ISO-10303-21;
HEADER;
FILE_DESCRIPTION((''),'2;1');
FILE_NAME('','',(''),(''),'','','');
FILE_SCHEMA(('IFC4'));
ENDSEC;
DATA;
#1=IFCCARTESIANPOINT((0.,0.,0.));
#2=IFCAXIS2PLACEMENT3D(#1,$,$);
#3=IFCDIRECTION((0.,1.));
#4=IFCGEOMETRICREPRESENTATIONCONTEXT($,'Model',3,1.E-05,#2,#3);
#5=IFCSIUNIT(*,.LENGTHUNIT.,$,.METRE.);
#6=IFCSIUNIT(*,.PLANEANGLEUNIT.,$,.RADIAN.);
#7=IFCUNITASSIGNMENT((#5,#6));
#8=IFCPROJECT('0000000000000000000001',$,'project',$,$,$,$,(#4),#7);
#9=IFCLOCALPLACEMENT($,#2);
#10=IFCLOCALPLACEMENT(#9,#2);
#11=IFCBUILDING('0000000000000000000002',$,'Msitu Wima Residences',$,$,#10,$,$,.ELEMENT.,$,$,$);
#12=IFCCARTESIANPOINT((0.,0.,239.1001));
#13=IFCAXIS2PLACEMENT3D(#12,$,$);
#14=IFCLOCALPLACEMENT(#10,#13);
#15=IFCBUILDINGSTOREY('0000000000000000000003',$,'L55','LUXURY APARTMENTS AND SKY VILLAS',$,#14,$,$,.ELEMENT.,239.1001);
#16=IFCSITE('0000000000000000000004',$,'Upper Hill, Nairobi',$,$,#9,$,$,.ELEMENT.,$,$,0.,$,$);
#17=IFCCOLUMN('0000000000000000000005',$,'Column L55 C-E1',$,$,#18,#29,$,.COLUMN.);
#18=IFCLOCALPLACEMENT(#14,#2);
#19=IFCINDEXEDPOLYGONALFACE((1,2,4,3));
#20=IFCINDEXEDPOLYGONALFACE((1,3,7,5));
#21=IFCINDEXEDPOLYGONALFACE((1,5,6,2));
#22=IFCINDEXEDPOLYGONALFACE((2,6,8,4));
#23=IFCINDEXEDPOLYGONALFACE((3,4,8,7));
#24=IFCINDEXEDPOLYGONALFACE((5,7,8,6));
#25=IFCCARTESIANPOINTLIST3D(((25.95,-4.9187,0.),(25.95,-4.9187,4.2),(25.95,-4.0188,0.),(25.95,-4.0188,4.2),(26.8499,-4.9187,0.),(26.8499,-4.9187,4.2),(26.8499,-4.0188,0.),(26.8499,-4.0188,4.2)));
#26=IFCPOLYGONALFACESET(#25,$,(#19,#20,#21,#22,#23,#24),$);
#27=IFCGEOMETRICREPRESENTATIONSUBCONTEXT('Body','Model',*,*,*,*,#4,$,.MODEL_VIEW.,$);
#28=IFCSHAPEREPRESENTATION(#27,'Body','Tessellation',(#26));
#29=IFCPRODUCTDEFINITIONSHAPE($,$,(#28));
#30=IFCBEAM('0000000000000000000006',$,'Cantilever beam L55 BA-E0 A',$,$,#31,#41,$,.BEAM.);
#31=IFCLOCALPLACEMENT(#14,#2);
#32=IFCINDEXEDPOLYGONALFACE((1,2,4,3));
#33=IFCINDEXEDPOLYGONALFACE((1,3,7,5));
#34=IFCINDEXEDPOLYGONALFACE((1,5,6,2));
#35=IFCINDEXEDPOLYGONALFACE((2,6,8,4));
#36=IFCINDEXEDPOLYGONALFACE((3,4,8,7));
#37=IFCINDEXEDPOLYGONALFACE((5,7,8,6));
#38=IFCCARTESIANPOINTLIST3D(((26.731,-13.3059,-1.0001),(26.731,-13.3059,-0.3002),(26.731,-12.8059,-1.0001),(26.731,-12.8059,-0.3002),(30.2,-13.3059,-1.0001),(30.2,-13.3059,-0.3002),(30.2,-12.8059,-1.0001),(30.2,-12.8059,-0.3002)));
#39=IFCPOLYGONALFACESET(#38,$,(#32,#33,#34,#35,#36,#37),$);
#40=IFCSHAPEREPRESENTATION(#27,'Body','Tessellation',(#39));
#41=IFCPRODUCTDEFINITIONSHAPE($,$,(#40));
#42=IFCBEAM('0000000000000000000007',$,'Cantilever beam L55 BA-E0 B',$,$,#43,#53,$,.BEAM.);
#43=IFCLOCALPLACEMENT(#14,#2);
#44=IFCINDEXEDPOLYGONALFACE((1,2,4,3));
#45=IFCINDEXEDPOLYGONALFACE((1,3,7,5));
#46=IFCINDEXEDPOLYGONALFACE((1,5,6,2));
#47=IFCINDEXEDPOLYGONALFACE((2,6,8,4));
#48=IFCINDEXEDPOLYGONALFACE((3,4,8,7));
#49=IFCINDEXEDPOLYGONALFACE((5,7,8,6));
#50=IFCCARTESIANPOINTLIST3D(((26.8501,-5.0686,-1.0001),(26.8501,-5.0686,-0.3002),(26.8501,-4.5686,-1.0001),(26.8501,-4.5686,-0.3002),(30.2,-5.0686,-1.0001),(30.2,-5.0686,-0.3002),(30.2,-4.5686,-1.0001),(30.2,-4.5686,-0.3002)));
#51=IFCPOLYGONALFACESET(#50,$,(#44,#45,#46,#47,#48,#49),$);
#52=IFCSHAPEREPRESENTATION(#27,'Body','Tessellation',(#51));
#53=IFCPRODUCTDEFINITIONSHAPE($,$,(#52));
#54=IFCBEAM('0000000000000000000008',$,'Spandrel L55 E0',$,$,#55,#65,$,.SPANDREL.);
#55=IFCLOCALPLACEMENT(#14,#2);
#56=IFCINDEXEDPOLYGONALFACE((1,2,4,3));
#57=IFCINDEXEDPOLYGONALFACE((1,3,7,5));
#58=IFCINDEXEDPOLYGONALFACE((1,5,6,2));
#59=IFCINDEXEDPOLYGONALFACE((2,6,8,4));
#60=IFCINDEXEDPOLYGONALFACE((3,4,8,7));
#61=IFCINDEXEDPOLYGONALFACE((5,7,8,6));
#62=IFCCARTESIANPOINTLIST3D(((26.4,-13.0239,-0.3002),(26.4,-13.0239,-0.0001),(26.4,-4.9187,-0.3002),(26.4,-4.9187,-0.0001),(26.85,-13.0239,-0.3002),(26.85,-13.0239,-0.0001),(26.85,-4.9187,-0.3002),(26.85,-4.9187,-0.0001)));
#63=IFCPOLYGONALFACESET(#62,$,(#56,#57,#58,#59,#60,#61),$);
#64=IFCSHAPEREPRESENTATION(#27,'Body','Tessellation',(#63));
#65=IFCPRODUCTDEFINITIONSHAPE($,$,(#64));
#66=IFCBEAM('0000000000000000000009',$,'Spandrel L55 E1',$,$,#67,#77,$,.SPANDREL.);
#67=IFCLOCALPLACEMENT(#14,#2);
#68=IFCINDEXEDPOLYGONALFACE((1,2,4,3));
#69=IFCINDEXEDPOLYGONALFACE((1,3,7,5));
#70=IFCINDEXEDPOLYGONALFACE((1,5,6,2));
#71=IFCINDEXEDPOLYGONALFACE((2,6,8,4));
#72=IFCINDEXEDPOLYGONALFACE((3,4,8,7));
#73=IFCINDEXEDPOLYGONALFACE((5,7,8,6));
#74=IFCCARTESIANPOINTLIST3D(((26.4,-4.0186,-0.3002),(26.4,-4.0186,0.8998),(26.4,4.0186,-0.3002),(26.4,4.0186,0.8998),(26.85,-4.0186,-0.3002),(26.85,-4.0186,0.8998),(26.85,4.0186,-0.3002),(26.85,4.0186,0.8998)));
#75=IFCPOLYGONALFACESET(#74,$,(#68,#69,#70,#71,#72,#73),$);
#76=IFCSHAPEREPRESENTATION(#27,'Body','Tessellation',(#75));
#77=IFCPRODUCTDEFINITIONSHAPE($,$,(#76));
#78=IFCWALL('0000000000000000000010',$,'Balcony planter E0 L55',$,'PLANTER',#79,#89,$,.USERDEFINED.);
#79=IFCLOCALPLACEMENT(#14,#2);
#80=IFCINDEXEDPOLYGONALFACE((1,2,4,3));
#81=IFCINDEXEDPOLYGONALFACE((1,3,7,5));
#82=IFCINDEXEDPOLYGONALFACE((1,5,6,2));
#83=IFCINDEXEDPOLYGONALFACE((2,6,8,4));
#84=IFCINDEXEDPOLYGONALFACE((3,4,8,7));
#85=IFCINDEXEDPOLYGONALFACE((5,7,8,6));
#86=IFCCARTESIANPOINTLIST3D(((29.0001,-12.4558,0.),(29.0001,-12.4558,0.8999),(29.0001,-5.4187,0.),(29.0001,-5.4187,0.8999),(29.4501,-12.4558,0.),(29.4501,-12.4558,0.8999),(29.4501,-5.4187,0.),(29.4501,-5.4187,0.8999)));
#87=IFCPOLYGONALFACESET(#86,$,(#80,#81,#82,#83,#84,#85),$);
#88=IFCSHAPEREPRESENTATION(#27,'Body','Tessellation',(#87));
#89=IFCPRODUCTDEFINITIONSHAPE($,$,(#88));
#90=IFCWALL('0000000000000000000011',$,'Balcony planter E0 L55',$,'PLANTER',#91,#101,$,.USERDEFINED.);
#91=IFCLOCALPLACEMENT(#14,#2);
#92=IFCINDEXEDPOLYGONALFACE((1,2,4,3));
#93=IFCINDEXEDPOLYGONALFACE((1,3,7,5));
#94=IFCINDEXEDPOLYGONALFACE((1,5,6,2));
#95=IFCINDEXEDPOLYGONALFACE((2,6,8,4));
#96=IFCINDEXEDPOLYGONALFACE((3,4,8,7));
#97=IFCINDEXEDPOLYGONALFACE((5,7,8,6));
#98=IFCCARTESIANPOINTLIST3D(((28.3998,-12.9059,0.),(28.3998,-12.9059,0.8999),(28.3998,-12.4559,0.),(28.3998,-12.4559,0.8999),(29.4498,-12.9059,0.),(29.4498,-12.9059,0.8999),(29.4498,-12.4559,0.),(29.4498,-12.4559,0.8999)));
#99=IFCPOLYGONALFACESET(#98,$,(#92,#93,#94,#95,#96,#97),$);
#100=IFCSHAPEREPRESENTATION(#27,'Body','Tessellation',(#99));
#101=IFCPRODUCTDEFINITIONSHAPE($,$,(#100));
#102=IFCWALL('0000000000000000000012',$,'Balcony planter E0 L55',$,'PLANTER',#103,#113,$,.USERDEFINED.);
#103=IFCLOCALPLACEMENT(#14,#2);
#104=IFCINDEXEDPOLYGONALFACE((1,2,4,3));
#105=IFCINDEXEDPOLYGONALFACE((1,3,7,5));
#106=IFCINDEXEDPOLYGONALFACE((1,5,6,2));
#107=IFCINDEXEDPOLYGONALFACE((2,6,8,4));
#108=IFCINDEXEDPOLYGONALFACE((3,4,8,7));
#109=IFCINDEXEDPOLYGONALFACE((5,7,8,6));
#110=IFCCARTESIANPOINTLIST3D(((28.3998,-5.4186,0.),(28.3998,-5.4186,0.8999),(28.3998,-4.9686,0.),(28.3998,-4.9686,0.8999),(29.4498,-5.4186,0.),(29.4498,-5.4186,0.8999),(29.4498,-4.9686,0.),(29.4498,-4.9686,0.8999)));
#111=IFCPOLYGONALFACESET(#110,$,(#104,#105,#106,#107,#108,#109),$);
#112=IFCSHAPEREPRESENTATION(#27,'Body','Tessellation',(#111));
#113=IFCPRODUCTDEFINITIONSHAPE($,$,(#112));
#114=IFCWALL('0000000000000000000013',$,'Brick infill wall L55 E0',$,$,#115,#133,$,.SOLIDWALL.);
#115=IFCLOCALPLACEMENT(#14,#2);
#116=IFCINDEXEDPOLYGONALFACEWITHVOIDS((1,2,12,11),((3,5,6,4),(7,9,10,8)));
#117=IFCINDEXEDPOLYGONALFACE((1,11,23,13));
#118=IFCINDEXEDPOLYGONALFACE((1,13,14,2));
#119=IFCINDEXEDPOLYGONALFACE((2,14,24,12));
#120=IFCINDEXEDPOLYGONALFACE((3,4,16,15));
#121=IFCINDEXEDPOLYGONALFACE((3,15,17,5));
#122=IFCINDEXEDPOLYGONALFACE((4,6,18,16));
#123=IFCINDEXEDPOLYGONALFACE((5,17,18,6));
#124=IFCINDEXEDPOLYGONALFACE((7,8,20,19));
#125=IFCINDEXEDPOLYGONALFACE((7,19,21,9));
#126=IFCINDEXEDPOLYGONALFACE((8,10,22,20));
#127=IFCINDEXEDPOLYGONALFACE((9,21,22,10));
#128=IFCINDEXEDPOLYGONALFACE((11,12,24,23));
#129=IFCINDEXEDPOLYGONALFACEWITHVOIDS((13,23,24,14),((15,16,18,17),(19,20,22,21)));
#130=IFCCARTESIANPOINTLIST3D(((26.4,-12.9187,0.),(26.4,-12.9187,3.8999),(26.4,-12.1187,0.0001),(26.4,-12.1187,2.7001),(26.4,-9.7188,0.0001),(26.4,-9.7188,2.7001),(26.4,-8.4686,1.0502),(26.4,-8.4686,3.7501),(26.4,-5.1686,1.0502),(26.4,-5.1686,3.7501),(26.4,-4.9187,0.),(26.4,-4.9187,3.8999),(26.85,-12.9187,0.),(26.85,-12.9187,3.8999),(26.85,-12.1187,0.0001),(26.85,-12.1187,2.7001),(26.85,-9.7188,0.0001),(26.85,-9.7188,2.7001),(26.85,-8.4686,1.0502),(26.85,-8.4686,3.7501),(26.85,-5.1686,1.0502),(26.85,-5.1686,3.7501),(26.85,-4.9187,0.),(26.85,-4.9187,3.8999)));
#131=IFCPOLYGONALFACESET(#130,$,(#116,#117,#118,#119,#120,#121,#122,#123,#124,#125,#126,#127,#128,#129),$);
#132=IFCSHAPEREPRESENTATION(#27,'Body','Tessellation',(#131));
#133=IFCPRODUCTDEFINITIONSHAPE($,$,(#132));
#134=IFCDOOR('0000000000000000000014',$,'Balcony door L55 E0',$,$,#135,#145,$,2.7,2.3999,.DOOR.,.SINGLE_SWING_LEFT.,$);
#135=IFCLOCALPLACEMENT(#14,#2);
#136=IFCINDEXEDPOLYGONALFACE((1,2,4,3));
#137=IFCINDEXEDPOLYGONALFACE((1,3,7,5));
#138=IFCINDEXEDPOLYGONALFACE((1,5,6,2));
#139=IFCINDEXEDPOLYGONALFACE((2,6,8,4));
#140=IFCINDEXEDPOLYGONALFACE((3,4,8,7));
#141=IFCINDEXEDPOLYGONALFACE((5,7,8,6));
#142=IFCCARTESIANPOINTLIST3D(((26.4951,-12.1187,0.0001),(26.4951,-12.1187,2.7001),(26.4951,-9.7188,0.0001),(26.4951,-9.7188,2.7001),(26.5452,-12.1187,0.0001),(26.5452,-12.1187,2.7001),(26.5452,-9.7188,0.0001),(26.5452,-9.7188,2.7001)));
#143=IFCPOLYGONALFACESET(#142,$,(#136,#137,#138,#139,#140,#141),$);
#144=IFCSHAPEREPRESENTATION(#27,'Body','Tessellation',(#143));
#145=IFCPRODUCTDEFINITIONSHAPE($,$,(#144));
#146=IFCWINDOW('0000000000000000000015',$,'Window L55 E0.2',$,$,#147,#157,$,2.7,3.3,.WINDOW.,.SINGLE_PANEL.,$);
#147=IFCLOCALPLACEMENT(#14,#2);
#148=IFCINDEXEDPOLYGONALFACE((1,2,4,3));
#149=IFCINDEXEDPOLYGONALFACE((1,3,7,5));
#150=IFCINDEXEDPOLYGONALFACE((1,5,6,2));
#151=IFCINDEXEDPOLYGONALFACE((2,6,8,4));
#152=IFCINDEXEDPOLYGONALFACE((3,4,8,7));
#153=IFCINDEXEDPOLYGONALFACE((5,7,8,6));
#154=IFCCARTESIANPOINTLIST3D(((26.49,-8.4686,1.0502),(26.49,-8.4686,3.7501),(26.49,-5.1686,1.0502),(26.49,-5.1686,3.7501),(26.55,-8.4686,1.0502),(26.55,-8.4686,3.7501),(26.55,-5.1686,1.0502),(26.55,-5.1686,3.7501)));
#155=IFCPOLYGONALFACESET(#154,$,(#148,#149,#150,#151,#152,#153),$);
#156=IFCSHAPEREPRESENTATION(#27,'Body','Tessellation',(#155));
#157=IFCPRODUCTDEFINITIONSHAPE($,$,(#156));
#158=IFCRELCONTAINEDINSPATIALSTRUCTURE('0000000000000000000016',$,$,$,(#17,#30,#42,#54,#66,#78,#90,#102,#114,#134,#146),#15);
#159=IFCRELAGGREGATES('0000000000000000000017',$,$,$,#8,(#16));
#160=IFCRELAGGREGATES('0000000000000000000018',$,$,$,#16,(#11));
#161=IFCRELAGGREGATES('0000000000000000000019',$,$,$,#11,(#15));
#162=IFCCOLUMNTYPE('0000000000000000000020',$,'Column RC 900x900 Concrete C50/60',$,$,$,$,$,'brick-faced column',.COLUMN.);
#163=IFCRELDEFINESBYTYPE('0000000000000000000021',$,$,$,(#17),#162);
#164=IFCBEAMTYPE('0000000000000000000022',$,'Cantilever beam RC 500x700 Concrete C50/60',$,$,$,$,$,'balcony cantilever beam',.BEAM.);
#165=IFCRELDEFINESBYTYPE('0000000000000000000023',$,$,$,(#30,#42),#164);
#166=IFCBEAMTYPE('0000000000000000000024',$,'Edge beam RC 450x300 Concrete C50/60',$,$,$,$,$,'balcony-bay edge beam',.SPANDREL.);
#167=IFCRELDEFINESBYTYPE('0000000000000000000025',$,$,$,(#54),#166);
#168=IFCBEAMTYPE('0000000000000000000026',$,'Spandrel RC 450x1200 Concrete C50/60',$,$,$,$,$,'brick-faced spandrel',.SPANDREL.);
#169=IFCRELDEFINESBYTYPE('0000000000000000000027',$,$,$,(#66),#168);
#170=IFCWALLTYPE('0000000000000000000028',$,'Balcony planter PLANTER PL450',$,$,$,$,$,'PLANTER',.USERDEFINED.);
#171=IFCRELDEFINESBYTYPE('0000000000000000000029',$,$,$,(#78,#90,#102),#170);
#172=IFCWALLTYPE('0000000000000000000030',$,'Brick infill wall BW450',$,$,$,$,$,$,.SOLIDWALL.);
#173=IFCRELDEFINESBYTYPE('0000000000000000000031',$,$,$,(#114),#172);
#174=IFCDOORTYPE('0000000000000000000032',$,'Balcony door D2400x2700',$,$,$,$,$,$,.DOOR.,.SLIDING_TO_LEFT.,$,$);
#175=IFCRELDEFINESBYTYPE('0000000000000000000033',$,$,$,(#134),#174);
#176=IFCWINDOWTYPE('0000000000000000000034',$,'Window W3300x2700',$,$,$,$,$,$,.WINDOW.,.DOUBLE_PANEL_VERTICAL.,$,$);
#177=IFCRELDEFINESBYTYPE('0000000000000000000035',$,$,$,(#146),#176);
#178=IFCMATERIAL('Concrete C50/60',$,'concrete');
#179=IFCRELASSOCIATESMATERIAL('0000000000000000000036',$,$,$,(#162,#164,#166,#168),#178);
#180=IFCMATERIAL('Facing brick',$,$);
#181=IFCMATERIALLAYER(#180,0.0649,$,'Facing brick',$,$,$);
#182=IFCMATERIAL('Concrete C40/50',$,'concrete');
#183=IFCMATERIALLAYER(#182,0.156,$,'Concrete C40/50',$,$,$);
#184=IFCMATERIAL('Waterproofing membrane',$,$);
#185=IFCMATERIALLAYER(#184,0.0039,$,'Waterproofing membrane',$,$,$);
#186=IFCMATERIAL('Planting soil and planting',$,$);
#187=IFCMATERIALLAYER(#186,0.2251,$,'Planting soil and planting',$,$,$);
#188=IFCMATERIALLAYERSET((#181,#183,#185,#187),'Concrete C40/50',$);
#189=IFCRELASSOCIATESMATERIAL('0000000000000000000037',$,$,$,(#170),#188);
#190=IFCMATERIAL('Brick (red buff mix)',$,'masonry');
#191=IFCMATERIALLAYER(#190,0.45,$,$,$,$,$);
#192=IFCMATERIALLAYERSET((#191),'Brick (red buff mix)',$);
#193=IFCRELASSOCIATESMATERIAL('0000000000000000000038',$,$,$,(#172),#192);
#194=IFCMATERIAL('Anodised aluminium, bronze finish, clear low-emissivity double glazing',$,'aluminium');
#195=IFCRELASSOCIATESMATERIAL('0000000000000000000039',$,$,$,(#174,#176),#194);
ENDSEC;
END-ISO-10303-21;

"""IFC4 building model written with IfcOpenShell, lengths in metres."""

from ifc_helpers import new_model, si_unit, direction, frame, frame_2d, origin, origin_2d, place, context, subcontext, project, spatial, rectangle, extrude, material, layer, layer_set, material_profile, profile_set, type_object, element, fill, save


model = new_model("IFC4")

# Units and contexts
model_context = context("Model", 3, precision=1e-05, world=origin(), true_north=direction((0.0, 1.0)))
body_context = subcontext(model_context, "Body", "Model", "MODEL_VIEW")
ifc_project = project(units=[si_unit("LENGTHUNIT", "METRE"), si_unit("PLANEANGLEUNIT", "RADIAN")], contexts=[model_context])

# Site, building, storey
site_placement = place(None, origin())
site = spatial("IfcSite", under=ifc_project, at=site_placement, Name="Upper Hill, Nairobi", CompositionType="ELEMENT", RefElevation=0.0)
building_placement = place(site_placement, origin())
building = spatial("IfcBuilding", under=site, at=building_placement, Name="Msitu Wima Residences", CompositionType="ELEMENT")
storey_placement = place(building_placement, frame((0.0, 0.0, 239.1001)))
storey = spatial("IfcBuildingStorey", under=building, at=storey_placement, Name="L55", Description="LUXURY APARTMENTS AND SKY VILLAS", CompositionType="ELEMENT", Elevation=239.1001)

# Column
ifc_material_1 = material(Name="Concrete C50/60", Category="concrete")
ifc_material_profile_1 = material_profile(ifc_material_1, rectangle(XDim=0.8999, YDim=0.8999, at=origin_2d()), Name="RC 900x900")
ifc_profile_set_1 = profile_set([ifc_material_profile_1], Name="Concrete C50/60")
column_type = type_object("IfcColumnType", Name="Column RC 900x900 Concrete C50/60", ElementType="brick-faced column", PredefinedType="COLUMN", material=ifc_profile_set_1)
column_placement = place(storey_placement, frame((26.3999, -4.4688, 0.0), z_axis=(0.0, 0.0, 1.0), x_axis=(0.0, 1.0, 0.0)))
element("IfcColumn", 1, at=column_placement, inside=storey, type_object=column_type, Name="Column L55 C-E1", PredefinedType="COLUMN", context=body_context, shape_type="SweptSolid", body=[
    extrude(rectangle(XDim=0.8999, YDim=0.8999, at=origin_2d()), origin(), (0.0, 0.0, 1.0), 4.2),
])

# Beams
ifc_material_profile_2 = material_profile(ifc_material_1, rectangle(XDim=0.5, YDim=0.7, at=origin_2d()), Name="RC 500x700")
ifc_profile_set_2 = profile_set([ifc_material_profile_2], Name="Concrete C50/60")
beam_type_1 = type_object("IfcBeamType", Name="Cantilever beam RC 500x700 Concrete C50/60", ElementType="balcony cantilever beam", PredefinedType="BEAM", material=ifc_profile_set_2)
beam_1_placement = place(storey_placement, frame((26.731, -13.0559, -0.6501), z_axis=(1.0, 0.0, 0.0), x_axis=(0.0, 1.0, 0.0)))
element("IfcBeam", 2, at=beam_1_placement, inside=storey, type_object=beam_type_1, Name="Cantilever beam L55 BA-E0 A", PredefinedType="BEAM", context=body_context, shape_type="SweptSolid", body=[
    extrude(rectangle(XDim=0.5, YDim=0.7, at=origin_2d()), origin(), (0.0, 0.0, 1.0), 3.469),
])
beam_2_placement = place(storey_placement, frame((26.8501, -4.8186, -0.6501), z_axis=(1.0, 0.0, 0.0), x_axis=(0.0, 1.0, 0.0)))
element("IfcBeam", 3, at=beam_2_placement, inside=storey, type_object=beam_type_1, Name="Cantilever beam L55 BA-E0 B", PredefinedType="BEAM", context=body_context, shape_type="SweptSolid", body=[
    extrude(rectangle(XDim=0.5, YDim=0.7, at=origin_2d()), origin(), (0.0, 0.0, 1.0), 3.3499),
])
ifc_material_profile_3 = material_profile(ifc_material_1, rectangle(XDim=0.45, YDim=0.3, at=origin_2d()), Name="RC 450x300")
ifc_profile_set_3 = profile_set([ifc_material_profile_3], Name="Concrete C50/60")
beam_type_2 = type_object("IfcBeamType", Name="Edge beam RC 450x300 Concrete C50/60", ElementType="balcony-bay edge beam", PredefinedType="SPANDREL", material=ifc_profile_set_3)
beam_3_placement = place(storey_placement, frame((26.625, -13.0239, -0.1501), z_axis=(0.0, 1.0, 0.0), x_axis=(-1.0, 0.0, 0.0)))
element("IfcBeam", 4, at=beam_3_placement, inside=storey, type_object=beam_type_2, Name="Spandrel L55 E0", PredefinedType="SPANDREL", context=body_context, shape_type="SweptSolid", body=[
    extrude(rectangle(XDim=0.45, YDim=0.3, at=origin_2d()), origin(), (0.0, 0.0, 1.0), 8.1052),
])
ifc_material_profile_4 = material_profile(ifc_material_1, rectangle(XDim=0.45, YDim=1.2, at=origin_2d()), Name="RC 450x1200")
ifc_profile_set_4 = profile_set([ifc_material_profile_4], Name="Concrete C50/60")
beam_type_3 = type_object("IfcBeamType", Name="Spandrel RC 450x1200 Concrete C50/60", ElementType="brick-faced spandrel", PredefinedType="SPANDREL", material=ifc_profile_set_4)
beam_4_placement = place(storey_placement, frame((26.625, -4.0186, 0.2998), z_axis=(0.0, 1.0, 0.0), x_axis=(-1.0, 0.0, 0.0)))
element("IfcBeam", 5, at=beam_4_placement, inside=storey, type_object=beam_type_3, Name="Spandrel L55 E1", PredefinedType="SPANDREL", context=body_context, shape_type="SweptSolid", body=[
    extrude(rectangle(XDim=0.45, YDim=1.2, at=origin_2d()), origin(), (0.0, 0.0, 1.0), 8.0371),
])

# Walls
ifc_material_2 = material(Name="Facing brick")
ifc_layer_1 = layer(ifc_material_2, 0.0649, Name="Facing brick")
ifc_material_3 = material(Name="Concrete C40/50", Category="concrete")
ifc_layer_2 = layer(ifc_material_3, 0.156, Name="Concrete C40/50")
ifc_material_4 = material(Name="Waterproofing membrane")
ifc_layer_3 = layer(ifc_material_4, 0.0039, Name="Waterproofing membrane")
ifc_material_5 = material(Name="Planting soil and planting")
ifc_layer_4 = layer(ifc_material_5, 0.2251, Name="Planting soil and planting")
ifc_layer_set_1 = layer_set([ifc_layer_1, ifc_layer_2, ifc_layer_3, ifc_layer_4], Name="Concrete C40/50")
wall_type_1 = type_object("IfcWallType", Name="Balcony planter PLANTER PL450", ElementType="PLANTER", PredefinedType="USERDEFINED", material=ifc_layer_set_1)
wall_1_placement = place(storey_placement, frame((29.2251, -12.4558, 0.0), z_axis=(0.0, 0.0, 1.0), x_axis=(0.0, 1.0, 0.0)))
element("IfcWall", 6, at=wall_1_placement, inside=storey, type_object=wall_type_1, Name="Balcony planter E0 L55", ObjectType="PLANTER", PredefinedType="USERDEFINED", context=body_context, shape_type="SweptSolid", body=[
    extrude(rectangle(XDim=7.0371, YDim=0.45, at=frame_2d((3.5186, 0.0))), origin(), (0.0, 0.0, 1.0), 0.8999),
])
for number, where, z_axis, x_axis, name in (
    (7, (28.3999, -12.6809, 0.0), (0.0, 0.0, 1.0), (1.0, 0.0, 0.0), "Balcony planter E0 L55"),
    (8, (28.3999, -5.1936, 0.0), (0.0, 0.0, 1.0), (1.0, 0.0, 0.0), "Balcony planter E0 L55"),
):
    element("IfcWall", number, at=place(storey_placement, frame(where, z_axis=z_axis, x_axis=x_axis)), inside=storey, type_object=wall_type_1, Name=name, ObjectType="PLANTER", PredefinedType="USERDEFINED", context=body_context, shape_type="SweptSolid", body=[
        extrude(rectangle(XDim=1.05, YDim=0.45, at=frame_2d((0.5249, 0.0))), origin(), (0.0, 0.0, 1.0), 0.8999),
    ])

# Wall, openings, door, window
ifc_material_6 = material(Name="Brick (red buff mix)", Category="masonry")
ifc_layer_5 = layer(ifc_material_6, 0.45)
ifc_layer_set_2 = layer_set([ifc_layer_5], Name="Brick (red buff mix)")
wall_type_2 = type_object("IfcWallType", Name="Brick infill wall BW450", PredefinedType="SOLIDWALL", material=ifc_layer_set_2)
wall_2_placement = place(storey_placement, frame((26.625, -12.9187, 0.0), z_axis=(0.0, 0.0, 1.0), x_axis=(0.0, 1.0, 0.0)))
wall_2 = element("IfcWall", 9, at=wall_2_placement, inside=storey, type_object=wall_type_2, Name="Brick infill wall L55 E0", PredefinedType="SOLIDWALL", context=body_context, shape_type="SweptSolid", body=[
    extrude(rectangle(XDim=8.0, YDim=0.45, at=frame_2d((4.0, 0.0))), origin(), (0.0, 0.0, 1.0), 3.8999),
])
opening_1_placement = place(wall_2_placement, frame((0.8, 0.0, 0.0)))
opening_1 = element("IfcOpeningElement", 10, at=opening_1_placement, cuts=wall_2, PredefinedType="OPENING", context=body_context, shape_type="SweptSolid", body=[
    extrude(rectangle(XDim=2.3999, YDim=2.7, at=frame_2d((1.2, 1.3501))), frame((0.0, 0.2349, 0.0), z_axis=(0.0, -1.0, 0.0), x_axis=(1.0, 0.0, 0.0)), (0.0, 0.0, 1.0), 0.47),
])
opening_2_placement = place(wall_2_placement, frame((4.4502, 0.0, 1.05)))
opening_2 = element("IfcOpeningElement", 11, at=opening_2_placement, cuts=wall_2, PredefinedType="OPENING", context=body_context, shape_type="SweptSolid", body=[
    extrude(rectangle(XDim=3.3, YDim=2.7, at=frame_2d((1.6499, 1.3501))), frame((0.0, 0.2349, 0.0), z_axis=(0.0, -1.0, 0.0), x_axis=(1.0, 0.0, 0.0)), (0.0, 0.0, 1.0), 0.47),
])
ifc_material_7 = material(Name="Anodised aluminium, bronze finish, clear low-emissivity double glazing", Category="aluminium")
door_type = type_object("IfcDoorType", Name="Balcony door D2400x2700", OperationType="SLIDING_TO_LEFT", PredefinedType="DOOR", material=ifc_material_7)
door_placement = place(opening_1_placement, origin())
door = element("IfcDoor", 12, at=door_placement, inside=storey, type_object=door_type, Name="Balcony door L55 E0", OperationType="SINGLE_SWING_LEFT", OverallHeight=2.7, OverallWidth=2.3999, PredefinedType="DOOR", context=body_context, shape_type="SweptSolid", body=[
    extrude(rectangle(XDim=2.3999, YDim=2.7, at=frame_2d((1.2, 1.3501))), frame((0.0, 0.1299, 0.0), z_axis=(0.0, -1.0, 0.0), x_axis=(1.0, 0.0, 0.0)), (0.0, 0.0, 1.0), 0.05),
])
fill(opening_1, door)
window_type = type_object("IfcWindowType", Name="Window W3300x2700", PartitioningType="DOUBLE_PANEL_VERTICAL", PredefinedType="WINDOW", material=ifc_material_7)
window_1_placement = place(opening_2_placement, origin())
window_1 = element("IfcWindow", 13, at=window_1_placement, inside=storey, type_object=window_type, Name="Window L55 E0.2", OverallHeight=2.7, OverallWidth=3.3, PartitioningType="SINGLE_PANEL", PredefinedType="WINDOW", context=body_context, shape_type="SweptSolid", body=[
    extrude(rectangle(XDim=3.3, YDim=2.7, at=frame_2d((1.6499, 1.3501))), frame((0.0, 0.135, 0.0), z_axis=(0.0, -1.0, 0.0), x_axis=(1.0, 0.0, 0.0)), (0.0, 0.0, 1.0), 0.0601),
])
fill(opening_2, window_1)

save(model, "model.ifc")
